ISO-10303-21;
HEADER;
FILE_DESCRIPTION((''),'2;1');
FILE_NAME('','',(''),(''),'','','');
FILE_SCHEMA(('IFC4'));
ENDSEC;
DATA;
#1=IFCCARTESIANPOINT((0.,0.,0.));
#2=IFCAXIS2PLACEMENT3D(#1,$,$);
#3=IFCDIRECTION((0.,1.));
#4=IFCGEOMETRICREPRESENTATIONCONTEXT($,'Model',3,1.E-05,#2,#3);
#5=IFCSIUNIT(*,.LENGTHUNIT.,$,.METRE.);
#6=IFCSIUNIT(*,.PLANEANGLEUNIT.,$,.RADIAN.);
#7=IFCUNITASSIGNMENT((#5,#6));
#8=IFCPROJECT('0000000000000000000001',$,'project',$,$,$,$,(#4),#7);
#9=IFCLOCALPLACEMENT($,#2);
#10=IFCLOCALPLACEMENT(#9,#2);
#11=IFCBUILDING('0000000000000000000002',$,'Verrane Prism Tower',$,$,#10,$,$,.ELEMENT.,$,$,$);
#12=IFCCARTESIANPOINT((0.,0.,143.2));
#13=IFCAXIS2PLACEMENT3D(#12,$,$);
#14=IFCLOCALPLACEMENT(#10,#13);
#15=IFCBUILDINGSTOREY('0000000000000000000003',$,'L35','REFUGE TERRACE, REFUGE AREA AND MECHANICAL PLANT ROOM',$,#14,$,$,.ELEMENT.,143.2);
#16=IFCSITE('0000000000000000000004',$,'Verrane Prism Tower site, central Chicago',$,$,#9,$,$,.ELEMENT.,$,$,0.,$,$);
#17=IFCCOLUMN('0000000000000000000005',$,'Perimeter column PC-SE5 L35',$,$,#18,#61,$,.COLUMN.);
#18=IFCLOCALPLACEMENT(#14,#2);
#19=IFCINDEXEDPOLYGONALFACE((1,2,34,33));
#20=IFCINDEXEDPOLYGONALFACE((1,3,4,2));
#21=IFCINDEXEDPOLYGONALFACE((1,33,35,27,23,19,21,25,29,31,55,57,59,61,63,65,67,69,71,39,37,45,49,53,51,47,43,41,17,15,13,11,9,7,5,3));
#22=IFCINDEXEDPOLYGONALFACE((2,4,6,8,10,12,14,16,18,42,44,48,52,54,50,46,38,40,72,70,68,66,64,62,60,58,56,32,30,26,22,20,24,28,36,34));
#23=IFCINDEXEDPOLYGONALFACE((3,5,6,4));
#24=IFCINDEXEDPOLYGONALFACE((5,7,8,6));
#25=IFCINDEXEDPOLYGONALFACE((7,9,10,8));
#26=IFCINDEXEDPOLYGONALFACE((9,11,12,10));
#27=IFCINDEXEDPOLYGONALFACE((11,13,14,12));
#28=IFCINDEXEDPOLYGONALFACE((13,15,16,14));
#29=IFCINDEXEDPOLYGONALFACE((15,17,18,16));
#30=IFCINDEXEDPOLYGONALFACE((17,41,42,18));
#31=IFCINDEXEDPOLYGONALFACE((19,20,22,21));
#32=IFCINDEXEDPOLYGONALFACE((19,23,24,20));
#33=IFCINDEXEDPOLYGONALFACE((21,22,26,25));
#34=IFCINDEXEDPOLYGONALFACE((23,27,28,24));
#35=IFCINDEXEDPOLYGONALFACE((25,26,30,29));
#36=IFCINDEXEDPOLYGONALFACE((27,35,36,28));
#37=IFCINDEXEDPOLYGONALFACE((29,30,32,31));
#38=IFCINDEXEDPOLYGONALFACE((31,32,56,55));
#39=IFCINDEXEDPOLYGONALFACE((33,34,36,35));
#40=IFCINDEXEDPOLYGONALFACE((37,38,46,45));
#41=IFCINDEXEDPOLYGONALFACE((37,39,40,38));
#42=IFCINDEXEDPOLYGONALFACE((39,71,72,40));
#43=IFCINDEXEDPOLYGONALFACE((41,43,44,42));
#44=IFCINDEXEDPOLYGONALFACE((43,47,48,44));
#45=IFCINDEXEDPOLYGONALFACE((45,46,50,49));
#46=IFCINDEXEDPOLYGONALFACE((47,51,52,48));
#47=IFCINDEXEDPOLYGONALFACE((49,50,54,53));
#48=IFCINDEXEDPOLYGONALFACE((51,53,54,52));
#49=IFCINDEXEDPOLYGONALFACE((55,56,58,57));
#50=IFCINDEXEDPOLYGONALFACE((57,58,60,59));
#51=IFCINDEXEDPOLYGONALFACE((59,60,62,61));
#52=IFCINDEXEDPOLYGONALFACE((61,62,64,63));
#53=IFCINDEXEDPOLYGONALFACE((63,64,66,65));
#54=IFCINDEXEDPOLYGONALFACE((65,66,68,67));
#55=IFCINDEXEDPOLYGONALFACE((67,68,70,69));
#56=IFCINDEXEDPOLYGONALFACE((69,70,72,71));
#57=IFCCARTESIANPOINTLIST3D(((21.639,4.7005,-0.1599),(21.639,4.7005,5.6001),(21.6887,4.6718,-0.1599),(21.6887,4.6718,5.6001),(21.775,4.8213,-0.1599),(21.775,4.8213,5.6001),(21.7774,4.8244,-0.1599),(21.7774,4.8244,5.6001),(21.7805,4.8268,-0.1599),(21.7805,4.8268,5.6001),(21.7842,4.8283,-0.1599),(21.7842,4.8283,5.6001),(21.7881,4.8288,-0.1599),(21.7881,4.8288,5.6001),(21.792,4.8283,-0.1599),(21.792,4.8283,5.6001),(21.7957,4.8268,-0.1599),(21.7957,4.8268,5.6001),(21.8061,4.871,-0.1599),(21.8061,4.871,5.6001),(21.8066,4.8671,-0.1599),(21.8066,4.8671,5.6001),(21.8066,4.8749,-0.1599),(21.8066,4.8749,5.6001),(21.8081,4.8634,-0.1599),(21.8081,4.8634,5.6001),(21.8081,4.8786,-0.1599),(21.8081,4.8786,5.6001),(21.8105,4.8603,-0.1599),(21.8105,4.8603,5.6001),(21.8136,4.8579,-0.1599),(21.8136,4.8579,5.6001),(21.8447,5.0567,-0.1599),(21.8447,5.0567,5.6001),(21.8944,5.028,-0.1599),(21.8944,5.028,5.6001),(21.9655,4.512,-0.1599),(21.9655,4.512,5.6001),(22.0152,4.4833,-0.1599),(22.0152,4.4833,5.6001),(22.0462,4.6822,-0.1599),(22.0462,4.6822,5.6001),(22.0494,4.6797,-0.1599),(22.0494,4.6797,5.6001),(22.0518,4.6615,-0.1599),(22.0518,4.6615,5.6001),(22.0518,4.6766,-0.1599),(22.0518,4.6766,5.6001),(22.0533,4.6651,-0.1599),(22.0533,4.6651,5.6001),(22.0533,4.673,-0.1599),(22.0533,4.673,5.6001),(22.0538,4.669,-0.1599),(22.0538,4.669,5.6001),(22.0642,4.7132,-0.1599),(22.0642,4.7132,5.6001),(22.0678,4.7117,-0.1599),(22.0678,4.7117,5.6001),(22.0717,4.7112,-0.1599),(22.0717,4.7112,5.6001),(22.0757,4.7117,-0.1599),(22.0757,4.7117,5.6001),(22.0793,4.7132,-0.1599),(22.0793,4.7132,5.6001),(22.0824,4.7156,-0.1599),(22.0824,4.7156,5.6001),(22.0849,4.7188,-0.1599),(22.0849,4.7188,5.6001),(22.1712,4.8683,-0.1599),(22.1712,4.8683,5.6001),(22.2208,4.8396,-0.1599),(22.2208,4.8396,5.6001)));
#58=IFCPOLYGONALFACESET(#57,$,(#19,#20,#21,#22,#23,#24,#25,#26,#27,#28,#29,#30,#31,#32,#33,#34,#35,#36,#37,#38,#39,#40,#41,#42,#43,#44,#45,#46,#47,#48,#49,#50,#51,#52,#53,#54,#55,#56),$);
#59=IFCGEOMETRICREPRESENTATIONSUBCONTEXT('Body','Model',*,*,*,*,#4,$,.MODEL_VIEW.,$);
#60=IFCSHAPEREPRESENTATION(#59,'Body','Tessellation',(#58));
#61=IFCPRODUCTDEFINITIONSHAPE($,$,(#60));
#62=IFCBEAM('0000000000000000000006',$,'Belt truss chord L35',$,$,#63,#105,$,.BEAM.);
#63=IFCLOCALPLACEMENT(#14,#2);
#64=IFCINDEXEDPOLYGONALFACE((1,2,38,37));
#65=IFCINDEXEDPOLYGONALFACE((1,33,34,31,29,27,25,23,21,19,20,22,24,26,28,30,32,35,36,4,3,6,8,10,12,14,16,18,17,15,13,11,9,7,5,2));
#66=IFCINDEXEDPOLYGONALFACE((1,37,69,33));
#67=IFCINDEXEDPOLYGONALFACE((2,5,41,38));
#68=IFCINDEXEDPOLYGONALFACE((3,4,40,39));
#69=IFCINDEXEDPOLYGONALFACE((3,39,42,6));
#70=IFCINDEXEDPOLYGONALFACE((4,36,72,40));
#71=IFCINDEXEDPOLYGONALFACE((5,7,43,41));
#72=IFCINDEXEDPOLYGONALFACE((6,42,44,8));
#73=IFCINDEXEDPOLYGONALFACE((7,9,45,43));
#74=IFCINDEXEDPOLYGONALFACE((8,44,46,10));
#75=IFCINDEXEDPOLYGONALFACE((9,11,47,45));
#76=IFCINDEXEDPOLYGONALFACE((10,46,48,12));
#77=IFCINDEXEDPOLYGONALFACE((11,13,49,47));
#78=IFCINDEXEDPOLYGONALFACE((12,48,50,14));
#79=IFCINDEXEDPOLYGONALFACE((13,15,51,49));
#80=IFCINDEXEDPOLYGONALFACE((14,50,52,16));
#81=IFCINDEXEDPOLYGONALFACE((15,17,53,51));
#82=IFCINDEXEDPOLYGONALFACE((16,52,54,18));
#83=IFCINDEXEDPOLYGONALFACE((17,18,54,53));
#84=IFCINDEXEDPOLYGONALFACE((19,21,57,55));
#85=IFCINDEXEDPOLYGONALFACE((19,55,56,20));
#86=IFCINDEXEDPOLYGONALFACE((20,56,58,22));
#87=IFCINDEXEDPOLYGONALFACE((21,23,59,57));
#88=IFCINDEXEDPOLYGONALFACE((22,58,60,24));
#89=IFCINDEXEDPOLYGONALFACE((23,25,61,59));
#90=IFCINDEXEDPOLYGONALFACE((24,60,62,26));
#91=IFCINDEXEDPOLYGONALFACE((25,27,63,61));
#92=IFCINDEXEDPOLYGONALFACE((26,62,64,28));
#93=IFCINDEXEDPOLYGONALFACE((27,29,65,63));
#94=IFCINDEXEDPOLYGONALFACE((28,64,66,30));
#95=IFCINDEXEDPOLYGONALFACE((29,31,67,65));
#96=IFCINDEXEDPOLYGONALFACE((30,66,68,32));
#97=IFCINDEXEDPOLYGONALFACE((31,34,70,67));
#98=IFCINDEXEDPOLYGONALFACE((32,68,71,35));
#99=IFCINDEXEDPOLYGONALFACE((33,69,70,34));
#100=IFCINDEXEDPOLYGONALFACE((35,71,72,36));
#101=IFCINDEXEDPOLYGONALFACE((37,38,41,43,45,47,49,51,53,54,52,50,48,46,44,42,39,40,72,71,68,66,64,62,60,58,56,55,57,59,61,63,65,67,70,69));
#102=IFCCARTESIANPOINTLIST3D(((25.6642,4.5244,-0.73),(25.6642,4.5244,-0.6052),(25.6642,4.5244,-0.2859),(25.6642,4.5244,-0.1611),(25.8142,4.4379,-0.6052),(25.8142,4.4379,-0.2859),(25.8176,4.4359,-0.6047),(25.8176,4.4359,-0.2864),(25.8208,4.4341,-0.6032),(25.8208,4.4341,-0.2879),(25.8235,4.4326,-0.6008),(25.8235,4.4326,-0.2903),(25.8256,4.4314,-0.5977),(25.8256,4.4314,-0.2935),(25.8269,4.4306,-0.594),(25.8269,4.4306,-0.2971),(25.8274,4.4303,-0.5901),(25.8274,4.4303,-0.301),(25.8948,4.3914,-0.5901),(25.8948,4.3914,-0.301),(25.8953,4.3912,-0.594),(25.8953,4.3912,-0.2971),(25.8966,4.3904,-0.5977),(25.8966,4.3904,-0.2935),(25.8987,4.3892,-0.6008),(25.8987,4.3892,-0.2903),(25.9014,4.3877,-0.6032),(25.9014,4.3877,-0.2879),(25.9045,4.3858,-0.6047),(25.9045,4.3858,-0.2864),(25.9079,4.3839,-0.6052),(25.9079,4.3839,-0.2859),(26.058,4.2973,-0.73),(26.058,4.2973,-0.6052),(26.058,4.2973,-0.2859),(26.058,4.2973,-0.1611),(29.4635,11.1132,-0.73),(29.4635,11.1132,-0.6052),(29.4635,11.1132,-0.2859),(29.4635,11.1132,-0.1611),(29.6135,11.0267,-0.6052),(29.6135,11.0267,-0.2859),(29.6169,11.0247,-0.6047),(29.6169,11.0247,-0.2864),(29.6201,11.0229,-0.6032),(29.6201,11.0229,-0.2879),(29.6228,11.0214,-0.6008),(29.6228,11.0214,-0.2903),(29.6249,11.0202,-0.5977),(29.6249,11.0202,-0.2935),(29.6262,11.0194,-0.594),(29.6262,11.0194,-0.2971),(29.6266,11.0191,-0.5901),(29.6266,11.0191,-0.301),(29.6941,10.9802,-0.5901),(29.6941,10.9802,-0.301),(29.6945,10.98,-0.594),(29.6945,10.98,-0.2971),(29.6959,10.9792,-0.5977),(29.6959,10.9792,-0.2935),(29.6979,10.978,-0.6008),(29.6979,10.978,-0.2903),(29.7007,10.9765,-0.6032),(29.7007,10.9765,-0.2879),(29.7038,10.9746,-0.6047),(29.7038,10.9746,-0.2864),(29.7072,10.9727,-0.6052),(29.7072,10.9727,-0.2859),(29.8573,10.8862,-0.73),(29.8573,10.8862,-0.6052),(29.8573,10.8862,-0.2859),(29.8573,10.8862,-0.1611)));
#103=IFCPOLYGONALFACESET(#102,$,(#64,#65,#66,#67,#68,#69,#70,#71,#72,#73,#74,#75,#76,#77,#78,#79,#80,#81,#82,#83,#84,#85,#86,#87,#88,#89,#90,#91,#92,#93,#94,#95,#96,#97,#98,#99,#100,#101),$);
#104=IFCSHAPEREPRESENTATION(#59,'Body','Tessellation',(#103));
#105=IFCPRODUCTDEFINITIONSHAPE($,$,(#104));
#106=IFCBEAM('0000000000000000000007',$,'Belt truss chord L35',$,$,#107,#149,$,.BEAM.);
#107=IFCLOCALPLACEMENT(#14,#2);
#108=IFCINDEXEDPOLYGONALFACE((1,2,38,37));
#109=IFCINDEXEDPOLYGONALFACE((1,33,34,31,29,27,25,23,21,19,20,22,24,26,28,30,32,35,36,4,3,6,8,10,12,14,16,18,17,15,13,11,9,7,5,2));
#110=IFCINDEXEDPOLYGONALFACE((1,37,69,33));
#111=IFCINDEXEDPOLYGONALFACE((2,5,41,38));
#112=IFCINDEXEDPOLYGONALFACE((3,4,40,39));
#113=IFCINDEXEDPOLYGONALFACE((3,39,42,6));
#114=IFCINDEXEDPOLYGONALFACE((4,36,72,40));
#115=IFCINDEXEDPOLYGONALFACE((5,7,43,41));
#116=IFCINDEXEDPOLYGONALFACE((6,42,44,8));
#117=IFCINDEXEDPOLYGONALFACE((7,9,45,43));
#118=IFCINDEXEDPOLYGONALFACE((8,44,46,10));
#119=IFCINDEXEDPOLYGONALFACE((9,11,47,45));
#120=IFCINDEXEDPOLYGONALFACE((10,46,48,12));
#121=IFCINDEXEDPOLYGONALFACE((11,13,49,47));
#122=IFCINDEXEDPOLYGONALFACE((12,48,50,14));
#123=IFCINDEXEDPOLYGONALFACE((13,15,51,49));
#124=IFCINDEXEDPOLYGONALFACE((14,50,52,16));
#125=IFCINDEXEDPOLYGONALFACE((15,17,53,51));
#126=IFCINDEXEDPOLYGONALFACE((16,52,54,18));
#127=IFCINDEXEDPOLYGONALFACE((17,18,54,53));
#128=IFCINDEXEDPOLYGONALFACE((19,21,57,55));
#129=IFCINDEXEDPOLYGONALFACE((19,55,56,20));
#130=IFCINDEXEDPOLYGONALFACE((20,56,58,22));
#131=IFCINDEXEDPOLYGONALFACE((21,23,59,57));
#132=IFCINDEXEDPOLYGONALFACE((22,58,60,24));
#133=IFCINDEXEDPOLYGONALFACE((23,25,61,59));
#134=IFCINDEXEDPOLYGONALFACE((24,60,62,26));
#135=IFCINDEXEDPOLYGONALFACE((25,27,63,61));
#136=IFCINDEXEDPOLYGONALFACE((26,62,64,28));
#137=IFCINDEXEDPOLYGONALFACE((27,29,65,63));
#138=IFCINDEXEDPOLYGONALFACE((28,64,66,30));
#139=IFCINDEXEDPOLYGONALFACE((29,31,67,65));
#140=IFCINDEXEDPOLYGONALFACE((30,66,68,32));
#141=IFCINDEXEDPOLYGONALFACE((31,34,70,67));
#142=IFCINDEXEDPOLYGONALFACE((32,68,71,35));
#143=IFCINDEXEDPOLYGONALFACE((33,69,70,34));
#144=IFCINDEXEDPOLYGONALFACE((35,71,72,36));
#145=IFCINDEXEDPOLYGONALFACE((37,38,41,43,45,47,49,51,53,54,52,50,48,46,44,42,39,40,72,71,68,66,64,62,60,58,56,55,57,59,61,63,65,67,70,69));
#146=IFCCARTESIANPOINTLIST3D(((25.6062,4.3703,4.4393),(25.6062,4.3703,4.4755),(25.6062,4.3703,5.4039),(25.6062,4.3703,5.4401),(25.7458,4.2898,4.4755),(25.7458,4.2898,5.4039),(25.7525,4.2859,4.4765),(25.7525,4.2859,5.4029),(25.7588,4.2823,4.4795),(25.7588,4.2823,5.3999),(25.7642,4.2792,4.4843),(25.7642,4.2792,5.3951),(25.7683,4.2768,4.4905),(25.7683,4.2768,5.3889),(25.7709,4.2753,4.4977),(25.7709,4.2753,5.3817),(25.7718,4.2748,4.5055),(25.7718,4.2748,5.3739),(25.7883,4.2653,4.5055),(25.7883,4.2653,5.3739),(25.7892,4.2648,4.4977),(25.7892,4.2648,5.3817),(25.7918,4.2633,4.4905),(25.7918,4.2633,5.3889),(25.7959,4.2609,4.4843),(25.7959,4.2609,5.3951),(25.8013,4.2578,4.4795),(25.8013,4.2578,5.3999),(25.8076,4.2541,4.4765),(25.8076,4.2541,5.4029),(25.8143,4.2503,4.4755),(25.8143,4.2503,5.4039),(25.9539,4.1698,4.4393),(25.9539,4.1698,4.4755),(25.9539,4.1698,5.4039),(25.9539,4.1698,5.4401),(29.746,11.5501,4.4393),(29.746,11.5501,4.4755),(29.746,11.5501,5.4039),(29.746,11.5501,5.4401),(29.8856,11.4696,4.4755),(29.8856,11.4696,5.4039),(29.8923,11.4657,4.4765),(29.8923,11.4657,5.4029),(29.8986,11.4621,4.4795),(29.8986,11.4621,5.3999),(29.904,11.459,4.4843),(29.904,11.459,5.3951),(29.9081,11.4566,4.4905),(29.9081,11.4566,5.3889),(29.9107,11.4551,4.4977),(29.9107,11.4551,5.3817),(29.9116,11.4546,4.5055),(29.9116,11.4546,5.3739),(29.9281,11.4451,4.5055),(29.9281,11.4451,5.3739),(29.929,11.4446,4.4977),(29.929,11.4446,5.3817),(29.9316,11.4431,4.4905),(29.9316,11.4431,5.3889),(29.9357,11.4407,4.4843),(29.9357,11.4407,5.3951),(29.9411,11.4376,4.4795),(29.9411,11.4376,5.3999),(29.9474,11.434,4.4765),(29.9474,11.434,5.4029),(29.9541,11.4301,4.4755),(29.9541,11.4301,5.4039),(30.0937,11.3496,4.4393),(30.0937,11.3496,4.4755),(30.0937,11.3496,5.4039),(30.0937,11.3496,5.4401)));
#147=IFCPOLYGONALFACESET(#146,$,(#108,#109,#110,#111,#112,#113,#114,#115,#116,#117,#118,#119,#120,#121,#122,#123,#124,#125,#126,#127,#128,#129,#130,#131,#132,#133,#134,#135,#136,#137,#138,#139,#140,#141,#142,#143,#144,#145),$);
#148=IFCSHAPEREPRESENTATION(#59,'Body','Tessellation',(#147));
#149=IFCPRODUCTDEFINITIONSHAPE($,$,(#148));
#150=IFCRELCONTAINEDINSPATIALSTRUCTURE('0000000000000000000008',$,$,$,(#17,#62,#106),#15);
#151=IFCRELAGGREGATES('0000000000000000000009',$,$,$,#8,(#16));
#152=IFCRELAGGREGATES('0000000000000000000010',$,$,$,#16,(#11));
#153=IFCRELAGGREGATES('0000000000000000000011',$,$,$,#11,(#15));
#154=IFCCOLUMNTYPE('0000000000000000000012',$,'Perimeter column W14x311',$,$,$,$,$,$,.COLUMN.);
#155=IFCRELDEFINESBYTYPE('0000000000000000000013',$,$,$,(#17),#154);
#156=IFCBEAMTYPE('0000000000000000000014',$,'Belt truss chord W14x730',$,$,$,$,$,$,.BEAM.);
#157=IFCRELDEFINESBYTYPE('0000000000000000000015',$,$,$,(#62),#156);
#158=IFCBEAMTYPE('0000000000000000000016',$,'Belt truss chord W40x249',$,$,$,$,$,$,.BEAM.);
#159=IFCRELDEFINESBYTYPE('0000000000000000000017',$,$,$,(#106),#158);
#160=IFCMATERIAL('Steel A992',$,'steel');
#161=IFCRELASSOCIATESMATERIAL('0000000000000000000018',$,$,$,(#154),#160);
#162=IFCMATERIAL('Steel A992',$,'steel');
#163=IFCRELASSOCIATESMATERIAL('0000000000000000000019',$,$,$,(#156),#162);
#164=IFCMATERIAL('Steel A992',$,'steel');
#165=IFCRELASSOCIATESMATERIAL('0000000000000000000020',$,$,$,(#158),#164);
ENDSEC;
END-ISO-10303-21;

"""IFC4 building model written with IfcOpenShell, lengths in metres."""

from ifc_helpers import new_model, si_unit, direction, frame, origin, origin_2d, place, context, subcontext, project, spatial, i_section, extrude, material, material_profile, profile_set, type_object, element, save


model = new_model("IFC4")

# Units and contexts
model_context = context("Model", 3, precision=1e-05, world=origin(), true_north=direction((0.0, 1.0)))
body_context = subcontext(model_context, "Body", "Model", "MODEL_VIEW")
ifc_project = project(units=[si_unit("LENGTHUNIT", "METRE"), si_unit("PLANEANGLEUNIT", "RADIAN")], contexts=[model_context])

# Site, building, storey
site_placement = place(None, origin())
site = spatial("IfcSite", under=ifc_project, at=site_placement, Name="Verrane Prism Tower site, central Chicago", CompositionType="ELEMENT", RefElevation=0.0)
building_placement = place(site_placement, origin())
building = spatial("IfcBuilding", under=site, at=building_placement, Name="Verrane Prism Tower", CompositionType="ELEMENT")
storey_placement = place(building_placement, frame((0.0, 0.0, 143.2)))
storey = spatial("IfcBuildingStorey", under=building, at=storey_placement, Name="L35", Description="REFUGE TERRACE, REFUGE AREA AND MECHANICAL PLANT ROOM", CompositionType="ELEMENT", Elevation=143.2)

# Column
ifc_material_1 = material(Name="Steel A992", Category="steel")
ifc_material_profile_1 = material_profile(ifc_material_1, i_section(OverallWidth=0.4114, OverallDepth=0.4343, WebThickness=0.0359, FlangeThickness=0.0574, FilletRadius=0.0151, at=origin_2d()), Name="W14x311")
ifc_profile_set_1 = profile_set([ifc_material_profile_1], Name="Steel A992")
column_type_1 = type_object("IfcColumnType", Name="Perimeter column W14x311", PredefinedType="COLUMN", material=ifc_profile_set_1)
column_1_placement = place(storey_placement, frame((21.9299, 4.77, -0.1599), z_axis=(0.0, 0.0, 1.0), x_axis=(-0.5, -0.866025, 0.0)))
element("IfcColumn", 1, at=column_1_placement, inside=storey, type_object=column_type_1, Name="Perimeter column PC-SE5 L35", PredefinedType="COLUMN", context=body_context, shape_type="SweptSolid", body=[
    extrude(i_section(OverallWidth=0.4114, OverallDepth=0.4343, WebThickness=0.0359, FlangeThickness=0.0574, FilletRadius=0.0151, at=origin_2d()), origin(), (0.0, 0.0, 1.0), 5.76),
])

# Beams
ifc_material_2 = material(Name="Steel A992", Category="steel")
ifc_material_profile_2 = material_profile(ifc_material_2, i_section(OverallWidth=0.4546, OverallDepth=0.5688, WebThickness=0.0779, FlangeThickness=0.1248, FilletRadius=0.0151, at=origin_2d()), Name="W14x730")
ifc_profile_set_2 = profile_set([ifc_material_profile_2], Name="Steel A992")
beam_type_1 = type_object("IfcBeamType", Name="Belt truss chord W14x730", PredefinedType="BEAM", material=ifc_profile_set_2)
beam_1_placement = place(storey_placement, frame((25.8611, 4.4109, -0.4456), z_axis=(0.49953, 0.866297, 0.0), x_axis=(-0.866297, 0.49953, 0.0)))
element("IfcBeam", 2, at=beam_1_placement, inside=storey, type_object=beam_type_1, Name="Belt truss chord L35", PredefinedType="BEAM", context=body_context, shape_type="SweptSolid", body=[
    extrude(i_section(OverallWidth=0.4546, OverallDepth=0.5688, WebThickness=0.0779, FlangeThickness=0.1248, FilletRadius=0.0151, at=origin_2d()), origin(), (0.0, 0.0, 1.0), 7.6057),
])
ifc_material_3 = material(Name="Steel A992", Category="steel")
ifc_material_profile_3 = material_profile(ifc_material_3, i_section(OverallWidth=0.4014, OverallDepth=1.0007, WebThickness=0.019, FlangeThickness=0.0361, FilletRadius=0.03, at=origin_2d()), Name="W40x249")
ifc_profile_set_3 = profile_set([ifc_material_profile_3], Name="Steel A992")
beam_type_2 = type_object("IfcBeamType", Name="Belt truss chord W40x249", PredefinedType="BEAM", material=ifc_profile_set_3)
beam_2_placement = place(storey_placement, frame((25.78, 4.27, 4.9397), z_axis=(0.499507, 0.86631, 0.0), x_axis=(-0.86631, 0.499507, 0.0)))
element("IfcBeam", 3, at=beam_2_placement, inside=storey, type_object=beam_type_2, Name="Belt truss chord L35", PredefinedType="BEAM", context=body_context, shape_type="SweptSolid", body=[
    extrude(i_section(OverallWidth=0.4014, OverallDepth=1.0007, WebThickness=0.019, FlangeThickness=0.0361, FilletRadius=0.03, at=origin_2d()), origin(), (0.0, 0.0, 1.0), 8.2878),
])

save(model, "model.ifc")
